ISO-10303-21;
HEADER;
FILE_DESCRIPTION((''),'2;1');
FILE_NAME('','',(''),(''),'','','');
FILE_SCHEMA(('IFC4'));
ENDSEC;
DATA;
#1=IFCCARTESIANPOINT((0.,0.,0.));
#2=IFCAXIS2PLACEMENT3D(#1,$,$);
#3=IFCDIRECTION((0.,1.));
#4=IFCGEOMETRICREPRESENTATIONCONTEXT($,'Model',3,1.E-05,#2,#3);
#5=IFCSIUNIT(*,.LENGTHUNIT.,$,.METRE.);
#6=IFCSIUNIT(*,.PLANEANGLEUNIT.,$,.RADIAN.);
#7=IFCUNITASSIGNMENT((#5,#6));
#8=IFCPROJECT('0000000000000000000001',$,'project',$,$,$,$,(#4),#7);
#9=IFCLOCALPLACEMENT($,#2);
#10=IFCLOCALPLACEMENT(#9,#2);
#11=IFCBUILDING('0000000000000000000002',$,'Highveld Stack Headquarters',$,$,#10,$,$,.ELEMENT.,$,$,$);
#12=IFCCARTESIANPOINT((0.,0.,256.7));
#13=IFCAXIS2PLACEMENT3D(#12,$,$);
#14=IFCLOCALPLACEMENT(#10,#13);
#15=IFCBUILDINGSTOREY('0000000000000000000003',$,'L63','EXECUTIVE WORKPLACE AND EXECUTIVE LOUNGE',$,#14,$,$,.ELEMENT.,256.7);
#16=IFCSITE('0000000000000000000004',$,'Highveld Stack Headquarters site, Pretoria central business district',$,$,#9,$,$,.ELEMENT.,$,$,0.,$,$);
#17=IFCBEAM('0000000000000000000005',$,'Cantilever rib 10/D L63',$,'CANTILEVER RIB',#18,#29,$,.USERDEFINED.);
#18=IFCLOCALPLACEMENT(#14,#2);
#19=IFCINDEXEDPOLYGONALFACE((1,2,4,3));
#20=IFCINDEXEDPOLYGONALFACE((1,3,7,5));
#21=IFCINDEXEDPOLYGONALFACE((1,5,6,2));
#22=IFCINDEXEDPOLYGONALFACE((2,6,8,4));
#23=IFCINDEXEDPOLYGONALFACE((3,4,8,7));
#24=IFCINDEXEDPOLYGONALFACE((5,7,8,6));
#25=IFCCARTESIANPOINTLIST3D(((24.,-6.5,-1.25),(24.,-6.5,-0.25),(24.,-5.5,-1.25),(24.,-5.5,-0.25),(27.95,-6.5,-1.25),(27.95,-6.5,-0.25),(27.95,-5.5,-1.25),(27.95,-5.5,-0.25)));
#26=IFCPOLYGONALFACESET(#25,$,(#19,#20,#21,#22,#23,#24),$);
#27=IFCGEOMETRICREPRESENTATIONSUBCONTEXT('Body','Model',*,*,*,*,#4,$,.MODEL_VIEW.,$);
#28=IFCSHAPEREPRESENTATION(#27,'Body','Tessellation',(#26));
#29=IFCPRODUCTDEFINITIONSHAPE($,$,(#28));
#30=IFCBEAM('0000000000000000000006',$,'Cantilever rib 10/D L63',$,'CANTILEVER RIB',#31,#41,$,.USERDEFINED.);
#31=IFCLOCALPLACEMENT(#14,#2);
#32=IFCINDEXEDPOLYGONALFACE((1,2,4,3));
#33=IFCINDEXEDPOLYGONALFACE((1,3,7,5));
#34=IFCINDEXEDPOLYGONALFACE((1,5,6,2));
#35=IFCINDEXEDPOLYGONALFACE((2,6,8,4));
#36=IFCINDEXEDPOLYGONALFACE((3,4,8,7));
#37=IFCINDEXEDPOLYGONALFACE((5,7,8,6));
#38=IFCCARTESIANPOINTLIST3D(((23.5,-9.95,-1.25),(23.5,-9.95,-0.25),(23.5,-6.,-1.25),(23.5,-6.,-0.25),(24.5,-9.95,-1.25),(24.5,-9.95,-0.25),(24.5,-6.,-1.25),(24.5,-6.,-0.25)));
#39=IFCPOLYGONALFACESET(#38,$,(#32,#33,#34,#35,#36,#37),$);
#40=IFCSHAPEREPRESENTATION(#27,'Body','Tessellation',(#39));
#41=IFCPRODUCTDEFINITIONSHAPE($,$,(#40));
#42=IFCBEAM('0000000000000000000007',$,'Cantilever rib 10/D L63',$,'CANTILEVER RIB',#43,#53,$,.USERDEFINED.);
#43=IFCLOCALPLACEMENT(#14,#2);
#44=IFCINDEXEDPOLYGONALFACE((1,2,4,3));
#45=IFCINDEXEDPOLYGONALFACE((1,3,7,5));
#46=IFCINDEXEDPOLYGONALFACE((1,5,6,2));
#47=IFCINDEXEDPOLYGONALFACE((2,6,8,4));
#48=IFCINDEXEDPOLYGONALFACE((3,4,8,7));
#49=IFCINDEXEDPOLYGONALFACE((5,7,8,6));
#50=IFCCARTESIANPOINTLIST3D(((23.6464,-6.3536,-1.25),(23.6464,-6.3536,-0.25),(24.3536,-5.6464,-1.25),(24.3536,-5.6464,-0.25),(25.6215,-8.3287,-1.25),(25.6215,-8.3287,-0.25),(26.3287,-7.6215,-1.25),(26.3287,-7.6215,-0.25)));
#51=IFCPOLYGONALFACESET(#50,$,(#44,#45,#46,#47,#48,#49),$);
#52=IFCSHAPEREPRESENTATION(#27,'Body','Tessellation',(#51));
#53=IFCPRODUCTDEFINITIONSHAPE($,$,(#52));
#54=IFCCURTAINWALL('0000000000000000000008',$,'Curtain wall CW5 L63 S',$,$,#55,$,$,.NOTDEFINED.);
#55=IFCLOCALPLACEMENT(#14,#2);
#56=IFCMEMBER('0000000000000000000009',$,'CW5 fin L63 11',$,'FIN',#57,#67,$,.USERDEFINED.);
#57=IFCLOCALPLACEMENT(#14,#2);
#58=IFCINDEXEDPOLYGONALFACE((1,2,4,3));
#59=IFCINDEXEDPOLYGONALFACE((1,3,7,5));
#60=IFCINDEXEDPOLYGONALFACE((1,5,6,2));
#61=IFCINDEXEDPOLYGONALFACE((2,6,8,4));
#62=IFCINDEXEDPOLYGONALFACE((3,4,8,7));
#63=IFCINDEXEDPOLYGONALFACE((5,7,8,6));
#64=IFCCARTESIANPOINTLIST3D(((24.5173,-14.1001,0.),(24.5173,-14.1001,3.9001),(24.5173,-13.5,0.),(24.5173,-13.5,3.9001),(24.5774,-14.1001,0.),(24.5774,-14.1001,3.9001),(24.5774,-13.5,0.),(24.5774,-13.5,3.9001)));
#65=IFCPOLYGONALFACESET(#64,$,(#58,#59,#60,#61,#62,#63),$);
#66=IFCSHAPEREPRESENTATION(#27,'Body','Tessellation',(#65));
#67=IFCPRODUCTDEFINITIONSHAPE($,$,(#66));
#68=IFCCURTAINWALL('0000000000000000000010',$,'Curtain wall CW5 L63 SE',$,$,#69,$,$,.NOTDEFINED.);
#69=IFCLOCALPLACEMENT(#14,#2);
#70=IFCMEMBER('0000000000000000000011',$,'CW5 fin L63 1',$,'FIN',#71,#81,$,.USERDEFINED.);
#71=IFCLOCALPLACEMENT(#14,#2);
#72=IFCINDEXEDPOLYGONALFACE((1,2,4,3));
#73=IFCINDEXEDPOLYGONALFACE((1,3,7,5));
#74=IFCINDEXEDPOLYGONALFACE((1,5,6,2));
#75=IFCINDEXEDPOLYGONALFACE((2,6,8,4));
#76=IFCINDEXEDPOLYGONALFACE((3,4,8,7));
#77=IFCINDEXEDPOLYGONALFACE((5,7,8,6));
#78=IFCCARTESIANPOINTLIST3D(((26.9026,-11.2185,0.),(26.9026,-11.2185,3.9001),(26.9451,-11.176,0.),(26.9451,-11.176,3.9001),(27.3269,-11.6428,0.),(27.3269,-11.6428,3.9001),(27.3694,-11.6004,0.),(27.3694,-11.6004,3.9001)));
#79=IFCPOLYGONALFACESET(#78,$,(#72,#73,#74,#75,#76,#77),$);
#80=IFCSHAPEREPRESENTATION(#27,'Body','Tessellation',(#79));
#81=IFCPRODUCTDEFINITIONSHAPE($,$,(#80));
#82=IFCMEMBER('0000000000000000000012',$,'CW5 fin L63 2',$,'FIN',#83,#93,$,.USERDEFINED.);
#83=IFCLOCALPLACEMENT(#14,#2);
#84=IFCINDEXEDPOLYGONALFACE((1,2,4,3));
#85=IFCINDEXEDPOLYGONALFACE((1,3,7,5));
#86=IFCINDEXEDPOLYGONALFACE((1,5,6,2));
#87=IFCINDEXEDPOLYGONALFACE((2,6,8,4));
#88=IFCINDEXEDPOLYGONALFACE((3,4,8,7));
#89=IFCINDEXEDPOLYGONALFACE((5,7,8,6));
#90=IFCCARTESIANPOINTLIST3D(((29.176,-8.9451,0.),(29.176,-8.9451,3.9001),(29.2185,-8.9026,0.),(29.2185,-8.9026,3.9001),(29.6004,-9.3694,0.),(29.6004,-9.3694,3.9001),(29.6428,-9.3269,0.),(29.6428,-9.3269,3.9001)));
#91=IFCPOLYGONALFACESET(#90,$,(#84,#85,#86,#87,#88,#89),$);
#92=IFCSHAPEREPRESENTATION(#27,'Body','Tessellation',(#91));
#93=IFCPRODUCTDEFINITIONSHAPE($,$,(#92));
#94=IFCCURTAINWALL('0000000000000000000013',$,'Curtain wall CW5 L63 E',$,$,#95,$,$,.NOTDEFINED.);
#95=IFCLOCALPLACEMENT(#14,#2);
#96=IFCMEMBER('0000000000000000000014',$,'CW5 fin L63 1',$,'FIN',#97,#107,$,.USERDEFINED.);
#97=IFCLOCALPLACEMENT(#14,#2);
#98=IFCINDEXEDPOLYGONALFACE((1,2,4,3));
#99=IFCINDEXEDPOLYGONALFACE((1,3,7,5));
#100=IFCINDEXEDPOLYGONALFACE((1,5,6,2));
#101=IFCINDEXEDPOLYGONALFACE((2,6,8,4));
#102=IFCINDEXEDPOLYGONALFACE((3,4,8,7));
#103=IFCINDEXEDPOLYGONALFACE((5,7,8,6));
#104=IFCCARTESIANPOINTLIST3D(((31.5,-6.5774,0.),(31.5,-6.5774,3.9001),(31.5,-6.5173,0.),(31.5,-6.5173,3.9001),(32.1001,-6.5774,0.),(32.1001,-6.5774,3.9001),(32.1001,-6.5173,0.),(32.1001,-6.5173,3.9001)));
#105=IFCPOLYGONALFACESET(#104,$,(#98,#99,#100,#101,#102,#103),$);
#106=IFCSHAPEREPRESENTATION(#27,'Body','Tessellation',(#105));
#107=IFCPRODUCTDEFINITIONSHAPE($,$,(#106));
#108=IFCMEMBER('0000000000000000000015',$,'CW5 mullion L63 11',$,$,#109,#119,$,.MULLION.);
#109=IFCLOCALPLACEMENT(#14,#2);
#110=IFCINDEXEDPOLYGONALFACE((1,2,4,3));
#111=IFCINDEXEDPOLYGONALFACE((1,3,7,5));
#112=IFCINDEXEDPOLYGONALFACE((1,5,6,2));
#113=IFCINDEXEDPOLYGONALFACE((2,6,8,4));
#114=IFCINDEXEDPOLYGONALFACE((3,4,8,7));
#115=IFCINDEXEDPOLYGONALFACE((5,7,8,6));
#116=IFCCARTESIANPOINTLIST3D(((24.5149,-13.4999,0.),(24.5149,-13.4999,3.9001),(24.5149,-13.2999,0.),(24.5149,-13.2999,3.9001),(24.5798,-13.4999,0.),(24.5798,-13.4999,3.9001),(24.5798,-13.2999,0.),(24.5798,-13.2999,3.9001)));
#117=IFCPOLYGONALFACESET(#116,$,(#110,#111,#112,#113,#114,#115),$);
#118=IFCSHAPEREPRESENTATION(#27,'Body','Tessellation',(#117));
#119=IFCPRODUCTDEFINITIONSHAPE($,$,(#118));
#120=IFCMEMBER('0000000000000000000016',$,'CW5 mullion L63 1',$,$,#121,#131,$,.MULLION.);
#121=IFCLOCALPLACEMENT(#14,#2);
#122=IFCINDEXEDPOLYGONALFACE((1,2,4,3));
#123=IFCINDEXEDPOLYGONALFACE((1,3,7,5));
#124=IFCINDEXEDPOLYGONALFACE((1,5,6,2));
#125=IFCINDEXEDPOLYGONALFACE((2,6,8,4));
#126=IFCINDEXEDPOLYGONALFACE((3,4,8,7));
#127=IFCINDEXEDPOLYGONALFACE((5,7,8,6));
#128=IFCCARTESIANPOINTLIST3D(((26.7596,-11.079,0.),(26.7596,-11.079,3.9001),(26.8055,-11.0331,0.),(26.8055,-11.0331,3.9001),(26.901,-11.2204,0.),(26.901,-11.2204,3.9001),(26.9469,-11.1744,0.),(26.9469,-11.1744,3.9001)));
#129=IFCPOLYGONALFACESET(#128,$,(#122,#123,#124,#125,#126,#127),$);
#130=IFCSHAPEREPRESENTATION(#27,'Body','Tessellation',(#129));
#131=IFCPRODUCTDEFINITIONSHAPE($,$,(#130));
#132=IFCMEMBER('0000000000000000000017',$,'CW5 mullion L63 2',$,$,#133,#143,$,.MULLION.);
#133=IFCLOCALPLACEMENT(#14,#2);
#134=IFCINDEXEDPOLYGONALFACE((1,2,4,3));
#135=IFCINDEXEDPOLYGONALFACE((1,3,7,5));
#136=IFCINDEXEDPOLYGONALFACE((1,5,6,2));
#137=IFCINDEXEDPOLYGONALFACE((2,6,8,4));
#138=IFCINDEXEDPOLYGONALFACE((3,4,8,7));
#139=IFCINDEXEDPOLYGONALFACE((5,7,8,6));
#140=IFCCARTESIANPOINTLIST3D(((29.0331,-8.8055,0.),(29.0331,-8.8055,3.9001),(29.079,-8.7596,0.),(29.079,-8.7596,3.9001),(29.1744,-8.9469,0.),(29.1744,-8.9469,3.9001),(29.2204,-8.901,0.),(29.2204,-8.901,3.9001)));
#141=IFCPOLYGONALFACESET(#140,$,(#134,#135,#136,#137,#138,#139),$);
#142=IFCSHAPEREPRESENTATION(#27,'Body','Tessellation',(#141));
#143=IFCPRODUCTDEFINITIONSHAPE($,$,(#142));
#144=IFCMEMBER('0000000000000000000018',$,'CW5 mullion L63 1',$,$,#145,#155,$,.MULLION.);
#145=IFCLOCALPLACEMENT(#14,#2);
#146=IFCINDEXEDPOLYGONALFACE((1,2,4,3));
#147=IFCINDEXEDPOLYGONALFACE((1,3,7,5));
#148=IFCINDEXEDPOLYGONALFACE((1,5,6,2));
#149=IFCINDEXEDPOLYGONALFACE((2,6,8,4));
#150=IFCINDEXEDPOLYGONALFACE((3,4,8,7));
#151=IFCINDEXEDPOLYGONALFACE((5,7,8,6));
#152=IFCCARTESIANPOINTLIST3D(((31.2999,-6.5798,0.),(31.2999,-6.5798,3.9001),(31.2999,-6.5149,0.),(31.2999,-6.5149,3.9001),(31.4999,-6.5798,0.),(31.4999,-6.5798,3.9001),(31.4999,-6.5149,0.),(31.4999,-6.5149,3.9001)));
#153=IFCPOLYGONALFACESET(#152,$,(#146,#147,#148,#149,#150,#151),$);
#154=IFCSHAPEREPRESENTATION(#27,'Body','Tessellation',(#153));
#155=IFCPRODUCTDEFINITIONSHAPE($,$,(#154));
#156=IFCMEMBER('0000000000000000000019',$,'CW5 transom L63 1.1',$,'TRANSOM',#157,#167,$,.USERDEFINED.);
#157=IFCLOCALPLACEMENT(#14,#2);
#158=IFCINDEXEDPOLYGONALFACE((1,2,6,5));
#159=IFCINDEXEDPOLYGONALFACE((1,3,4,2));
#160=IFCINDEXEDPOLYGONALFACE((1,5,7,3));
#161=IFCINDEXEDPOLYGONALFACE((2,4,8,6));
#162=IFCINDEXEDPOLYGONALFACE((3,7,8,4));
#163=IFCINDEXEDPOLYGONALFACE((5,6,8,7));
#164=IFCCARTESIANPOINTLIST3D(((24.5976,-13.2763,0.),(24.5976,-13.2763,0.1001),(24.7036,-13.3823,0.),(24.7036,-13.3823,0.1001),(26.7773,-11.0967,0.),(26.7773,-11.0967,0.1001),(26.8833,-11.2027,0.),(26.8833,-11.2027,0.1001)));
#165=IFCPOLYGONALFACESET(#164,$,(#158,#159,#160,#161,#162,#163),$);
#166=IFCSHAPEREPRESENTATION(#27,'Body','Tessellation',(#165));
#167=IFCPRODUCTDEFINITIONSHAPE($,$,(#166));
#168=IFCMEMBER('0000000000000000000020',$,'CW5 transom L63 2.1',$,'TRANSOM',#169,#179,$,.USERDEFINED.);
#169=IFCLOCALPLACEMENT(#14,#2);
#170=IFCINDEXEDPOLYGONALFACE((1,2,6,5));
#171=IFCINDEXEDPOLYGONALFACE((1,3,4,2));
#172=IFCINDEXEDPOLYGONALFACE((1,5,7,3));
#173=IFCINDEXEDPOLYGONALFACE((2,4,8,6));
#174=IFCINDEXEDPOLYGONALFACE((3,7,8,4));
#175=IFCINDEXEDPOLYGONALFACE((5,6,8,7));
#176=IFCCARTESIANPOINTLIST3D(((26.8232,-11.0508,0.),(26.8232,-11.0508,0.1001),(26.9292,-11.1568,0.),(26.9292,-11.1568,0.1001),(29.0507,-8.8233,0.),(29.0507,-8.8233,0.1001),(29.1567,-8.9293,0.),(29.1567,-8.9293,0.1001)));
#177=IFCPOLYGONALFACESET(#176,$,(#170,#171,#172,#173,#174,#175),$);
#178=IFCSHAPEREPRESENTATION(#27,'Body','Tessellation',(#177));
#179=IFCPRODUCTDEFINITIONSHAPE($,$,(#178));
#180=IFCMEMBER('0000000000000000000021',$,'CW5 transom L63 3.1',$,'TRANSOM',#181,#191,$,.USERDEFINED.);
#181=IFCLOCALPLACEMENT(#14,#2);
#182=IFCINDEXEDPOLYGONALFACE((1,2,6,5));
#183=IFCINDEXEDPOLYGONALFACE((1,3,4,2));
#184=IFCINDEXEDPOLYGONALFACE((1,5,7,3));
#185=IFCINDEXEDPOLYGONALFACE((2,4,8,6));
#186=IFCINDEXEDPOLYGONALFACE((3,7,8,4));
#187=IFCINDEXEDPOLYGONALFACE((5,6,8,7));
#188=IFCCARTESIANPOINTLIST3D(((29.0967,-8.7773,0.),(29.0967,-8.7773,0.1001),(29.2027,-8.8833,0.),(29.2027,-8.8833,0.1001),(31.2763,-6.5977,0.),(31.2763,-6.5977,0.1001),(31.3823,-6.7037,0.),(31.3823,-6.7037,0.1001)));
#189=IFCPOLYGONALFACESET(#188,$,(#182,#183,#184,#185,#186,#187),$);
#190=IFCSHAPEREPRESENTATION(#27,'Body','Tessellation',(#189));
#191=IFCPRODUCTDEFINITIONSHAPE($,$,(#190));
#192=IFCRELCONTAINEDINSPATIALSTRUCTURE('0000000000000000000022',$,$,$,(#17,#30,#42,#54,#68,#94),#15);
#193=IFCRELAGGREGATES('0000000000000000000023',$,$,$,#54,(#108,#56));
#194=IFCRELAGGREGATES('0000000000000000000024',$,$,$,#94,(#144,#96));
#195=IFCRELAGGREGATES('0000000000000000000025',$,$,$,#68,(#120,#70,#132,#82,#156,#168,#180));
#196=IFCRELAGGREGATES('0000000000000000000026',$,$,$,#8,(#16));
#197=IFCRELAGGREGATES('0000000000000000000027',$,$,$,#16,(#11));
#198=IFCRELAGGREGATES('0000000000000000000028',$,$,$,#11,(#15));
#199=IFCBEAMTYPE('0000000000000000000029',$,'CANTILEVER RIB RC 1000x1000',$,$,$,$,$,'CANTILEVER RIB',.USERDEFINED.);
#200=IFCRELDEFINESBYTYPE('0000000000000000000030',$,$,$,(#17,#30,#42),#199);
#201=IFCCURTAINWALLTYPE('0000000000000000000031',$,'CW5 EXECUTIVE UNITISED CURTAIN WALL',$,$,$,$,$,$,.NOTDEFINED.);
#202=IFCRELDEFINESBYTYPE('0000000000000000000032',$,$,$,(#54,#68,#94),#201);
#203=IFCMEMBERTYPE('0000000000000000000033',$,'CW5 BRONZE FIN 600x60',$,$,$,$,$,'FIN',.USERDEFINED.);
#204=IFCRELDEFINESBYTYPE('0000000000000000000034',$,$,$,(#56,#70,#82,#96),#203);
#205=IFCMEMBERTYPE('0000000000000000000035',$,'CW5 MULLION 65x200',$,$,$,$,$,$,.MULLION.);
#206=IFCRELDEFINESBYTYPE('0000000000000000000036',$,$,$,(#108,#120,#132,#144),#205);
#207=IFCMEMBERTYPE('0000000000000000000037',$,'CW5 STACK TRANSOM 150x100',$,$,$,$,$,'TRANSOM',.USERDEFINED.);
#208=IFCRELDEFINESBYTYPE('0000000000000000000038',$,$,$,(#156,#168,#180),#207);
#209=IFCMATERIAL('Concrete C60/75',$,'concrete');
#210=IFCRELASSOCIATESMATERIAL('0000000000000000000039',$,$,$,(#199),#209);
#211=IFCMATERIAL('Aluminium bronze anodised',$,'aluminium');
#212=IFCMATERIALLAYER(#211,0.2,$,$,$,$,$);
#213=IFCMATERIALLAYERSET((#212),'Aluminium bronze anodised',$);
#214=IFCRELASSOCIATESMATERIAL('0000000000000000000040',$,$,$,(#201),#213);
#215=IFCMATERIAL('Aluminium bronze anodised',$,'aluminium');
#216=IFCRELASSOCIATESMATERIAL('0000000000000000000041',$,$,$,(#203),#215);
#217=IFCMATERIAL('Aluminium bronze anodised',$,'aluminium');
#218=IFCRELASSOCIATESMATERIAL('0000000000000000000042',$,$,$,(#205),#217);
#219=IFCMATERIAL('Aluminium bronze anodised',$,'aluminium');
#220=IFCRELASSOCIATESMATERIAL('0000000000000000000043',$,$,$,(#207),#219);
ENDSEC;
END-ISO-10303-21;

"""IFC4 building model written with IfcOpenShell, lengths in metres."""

from ifc_helpers import new_model, si_unit, direction, frame, origin, origin_2d, place, context, subcontext, project, spatial, rectangle, extrude, material, layer, layer_set, material_profile, profile_set, type_object, element, aggregate, save


model = new_model("IFC4")

# Units and contexts
model_context = context("Model", 3, precision=1e-05, world=origin(), true_north=direction((0.0, 1.0)))
body_context = subcontext(model_context, "Body", "Model", "MODEL_VIEW")
ifc_project = project(units=[si_unit("LENGTHUNIT", "METRE"), si_unit("PLANEANGLEUNIT", "RADIAN")], contexts=[model_context])

# Site, building, storey
site_placement = place(None, origin())
site = spatial("IfcSite", under=ifc_project, at=site_placement, Name="Highveld Stack Headquarters site, Pretoria central business district", CompositionType="ELEMENT", RefElevation=0.0)
building_placement = place(site_placement, origin())
building = spatial("IfcBuilding", under=site, at=building_placement, Name="Highveld Stack Headquarters", CompositionType="ELEMENT")
storey_placement = place(building_placement, frame((0.0, 0.0, 256.7)))
storey = spatial("IfcBuildingStorey", under=building, at=storey_placement, Name="L63", Description="EXECUTIVE WORKPLACE AND EXECUTIVE LOUNGE", CompositionType="ELEMENT", Elevation=256.7)

# Beams
ifc_material_1 = material(Name="Concrete C60/75", Category="concrete")
ifc_material_profile_1 = material_profile(ifc_material_1, rectangle(XDim=1.0, YDim=1.0, at=origin_2d()), Name="RC 1000x1000")
ifc_profile_set_1 = profile_set([ifc_material_profile_1], Name="Concrete C60/75")
beam_type_1 = type_object("IfcBeamType", Name="CANTILEVER RIB RC 1000x1000", ElementType="CANTILEVER RIB", PredefinedType="USERDEFINED", material=ifc_profile_set_1)
for number, where, z_axis, x_axis, name in (
    (1, (24.0, -6.0, -0.75), (1.0, 0.0, 0.0), (0.0, 1.0, 0.0), "Cantilever rib 10/D L63"),
    (2, (24.0, -6.0, -0.75), (0.0, -1.0, 0.0), (1.0, 0.0, 0.0), "Cantilever rib 10/D L63"),
):
    element("IfcBeam", number, at=place(storey_placement, frame(where, z_axis=z_axis, x_axis=x_axis)), inside=storey, type_object=beam_type_1, Name=name, ObjectType="CANTILEVER RIB", PredefinedType="USERDEFINED", context=body_context, shape_type="SweptSolid", body=[
        extrude(rectangle(XDim=1.0, YDim=1.0, at=origin_2d()), origin(), (0.0, 0.0, 1.0), 3.95),
    ])
beam_1_placement = place(storey_placement, frame((24.0, -6.0, -0.75), z_axis=(0.707107, -0.707107, 0.0), x_axis=(0.707107, 0.707107, 0.0)))
element("IfcBeam", 3, at=beam_1_placement, inside=storey, type_object=beam_type_1, Name="Cantilever rib 10/D L63", ObjectType="CANTILEVER RIB", PredefinedType="USERDEFINED", context=body_context, shape_type="SweptSolid", body=[
    extrude(rectangle(XDim=1.0, YDim=1.0, at=origin_2d()), origin(), (0.0, 0.0, 1.0), 2.7932),
])

# Curtain wall, member
ifc_material_2 = material(Name="Aluminium bronze anodised", Category="aluminium")
ifc_layer_1 = layer(ifc_material_2, 0.2)
ifc_layer_set_1 = layer_set([ifc_layer_1], Name="Aluminium bronze anodised")
curtain_wall_type = type_object("IfcCurtainWallType", Name="CW5 EXECUTIVE UNITISED CURTAIN WALL", PredefinedType="NOTDEFINED", material=ifc_layer_set_1)
curtain_wall_1_placement = place(storey_placement, origin())
curtain_wall_1 = element("IfcCurtainWall", 4, at=curtain_wall_1_placement, inside=storey, type_object=curtain_wall_type, Name="Curtain wall CW5 L63 S", PredefinedType="NOTDEFINED")
ifc_material_3 = material(Name="Aluminium bronze anodised", Category="aluminium")
ifc_material_profile_2 = material_profile(ifc_material_3, rectangle(XDim=0.6001, YDim=0.0601, at=origin_2d()), Name="FIN 600x60")
ifc_profile_set_2 = profile_set([ifc_material_profile_2], Name="Aluminium bronze anodised")
member_type_1 = type_object("IfcMemberType", Name="CW5 BRONZE FIN 600x60", ElementType="FIN", PredefinedType="USERDEFINED", material=ifc_profile_set_2)
member_1_placement = place(storey_placement, frame((24.5474, -13.8, 0.0), z_axis=(0.0, 0.0, 1.0), x_axis=(0.0, 1.0, 0.0)))
member_1 = element("IfcMember", 5, at=member_1_placement, type_object=member_type_1, Name="CW5 fin L63 11", ObjectType="FIN", PredefinedType="USERDEFINED", context=body_context, shape_type="SweptSolid", body=[
    extrude(rectangle(XDim=0.6001, YDim=0.0601, at=origin_2d()), origin(), (0.0, 0.0, 1.0), 3.9001),
])

# Curtain wall, members
curtain_wall_2_placement = place(storey_placement, origin())
curtain_wall_2 = element("IfcCurtainWall", 6, at=curtain_wall_2_placement, inside=storey, type_object=curtain_wall_type, Name="Curtain wall CW5 L63 SE", PredefinedType="NOTDEFINED")
member_2_placement = place(storey_placement, frame((27.136, -11.4094, 0.0), z_axis=(0.0, 0.0, 1.0), x_axis=(-0.707107, 0.707107, 0.0)))
member_2 = element("IfcMember", 7, at=member_2_placement, type_object=member_type_1, Name="CW5 fin L63 1", ObjectType="FIN", PredefinedType="USERDEFINED", context=body_context, shape_type="SweptSolid", body=[
    extrude(rectangle(XDim=0.6001, YDim=0.0601, at=origin_2d()), origin(), (0.0, 0.0, 1.0), 3.9001),
])
member_3_placement = place(storey_placement, frame((29.4094, -9.136, 0.0), z_axis=(0.0, 0.0, 1.0), x_axis=(-0.707107, 0.707107, 0.0)))
member_3 = element("IfcMember", 8, at=member_3_placement, type_object=member_type_1, Name="CW5 fin L63 2", ObjectType="FIN", PredefinedType="USERDEFINED", context=body_context, shape_type="SweptSolid", body=[
    extrude(rectangle(XDim=0.6001, YDim=0.0601, at=origin_2d()), origin(), (0.0, 0.0, 1.0), 3.9001),
])

# Curtain wall, member
curtain_wall_3_placement = place(storey_placement, origin())
curtain_wall_3 = element("IfcCurtainWall", 9, at=curtain_wall_3_placement, inside=storey, type_object=curtain_wall_type, Name="Curtain wall CW5 L63 E", PredefinedType="NOTDEFINED")
member_4_placement = place(storey_placement, frame((31.8, -6.5474, 0.0), z_axis=(0.0, 0.0, 1.0), x_axis=(-1.0, 0.0, 0.0)))
member_4 = element("IfcMember", 10, at=member_4_placement, type_object=member_type_1, Name="CW5 fin L63 1", ObjectType="FIN", PredefinedType="USERDEFINED", context=body_context, shape_type="SweptSolid", body=[
    extrude(rectangle(XDim=0.6001, YDim=0.0601, at=origin_2d()), origin(), (0.0, 0.0, 1.0), 3.9001),
])

# Members
ifc_material_4 = material(Name="Aluminium bronze anodised", Category="aluminium")
ifc_material_profile_3 = material_profile(ifc_material_4, rectangle(XDim=0.2, YDim=0.0649, at=origin_2d()), Name="CW5 MULLION 65x200")
ifc_profile_set_3 = profile_set([ifc_material_profile_3], Name="Aluminium bronze anodised")
member_type_2 = type_object("IfcMemberType", Name="CW5 MULLION 65x200", PredefinedType="MULLION", material=ifc_profile_set_3)
member_5_placement = place(storey_placement, frame((24.5474, -13.3999, 0.0), z_axis=(0.0, 0.0, 1.0), x_axis=(0.0, 1.0, 0.0)))
member_5 = element("IfcMember", 11, at=member_5_placement, type_object=member_type_2, Name="CW5 mullion L63 11", PredefinedType="MULLION", context=body_context, shape_type="SweptSolid", body=[
    extrude(rectangle(XDim=0.2, YDim=0.0649, at=origin_2d()), origin(), (0.0, 0.0, 1.0), 3.9001),
])
aggregate(curtain_wall_1, [member_5, member_1])
member_6_placement = place(storey_placement, frame((26.8533, -11.1267, 0.0), z_axis=(0.0, 0.0, 1.0), x_axis=(-0.707107, 0.707107, 0.0)))
member_6 = element("IfcMember", 12, at=member_6_placement, type_object=member_type_2, Name="CW5 mullion L63 1", PredefinedType="MULLION", context=body_context, shape_type="SweptSolid", body=[
    extrude(rectangle(XDim=0.2, YDim=0.0649, at=origin_2d()), origin(), (0.0, 0.0, 1.0), 3.9001),
])
member_7_placement = place(storey_placement, frame((29.1267, -8.8533, 0.0), z_axis=(0.0, 0.0, 1.0), x_axis=(-0.707107, 0.707107, 0.0)))
member_7 = element("IfcMember", 13, at=member_7_placement, type_object=member_type_2, Name="CW5 mullion L63 2", PredefinedType="MULLION", context=body_context, shape_type="SweptSolid", body=[
    extrude(rectangle(XDim=0.2, YDim=0.0649, at=origin_2d()), origin(), (0.0, 0.0, 1.0), 3.9001),
])
member_8_placement = place(storey_placement, frame((31.3999, -6.5474, 0.0), z_axis=(0.0, 0.0, 1.0), x_axis=(-1.0, 0.0, 0.0)))
member_8 = element("IfcMember", 14, at=member_8_placement, type_object=member_type_2, Name="CW5 mullion L63 1", PredefinedType="MULLION", context=body_context, shape_type="SweptSolid", body=[
    extrude(rectangle(XDim=0.2, YDim=0.0649, at=origin_2d()), origin(), (0.0, 0.0, 1.0), 3.9001),
])
ifc_material_5 = material(Name="Aluminium bronze anodised", Category="aluminium")
ifc_material_profile_4 = material_profile(ifc_material_5, rectangle(XDim=0.1499, YDim=0.1001, at=origin_2d()), Name="CW5 TRANSOM 150x100")
ifc_profile_set_4 = profile_set([ifc_material_profile_4], Name="Aluminium bronze anodised")
member_type_3 = type_object("IfcMemberType", Name="CW5 STACK TRANSOM 150x100", ElementType="TRANSOM", PredefinedType="USERDEFINED", material=ifc_profile_set_4)
member_9_placement = place(storey_placement, frame((24.6506, -13.3293, 0.05), z_axis=(0.707107, 0.707107, 0.0), x_axis=(-0.707107, 0.707107, 0.0)))
member_9 = element("IfcMember", 15, at=member_9_placement, type_object=member_type_3, Name="CW5 transom L63 1.1", ObjectType="TRANSOM", PredefinedType="USERDEFINED", context=body_context, shape_type="SweptSolid", body=[
    extrude(rectangle(XDim=0.1499, YDim=0.1001, at=origin_2d()), origin(), (0.0, 0.0, 1.0), 3.0825),
])
member_10_placement = place(storey_placement, frame((26.8762, -11.1038, 0.05), z_axis=(0.707107, 0.707107, 0.0), x_axis=(-0.707107, 0.707107, 0.0)))
member_10 = element("IfcMember", 16, at=member_10_placement, type_object=member_type_3, Name="CW5 transom L63 2.1", ObjectType="TRANSOM", PredefinedType="USERDEFINED", context=body_context, shape_type="SweptSolid", body=[
    extrude(rectangle(XDim=0.1499, YDim=0.1001, at=origin_2d()), origin(), (0.0, 0.0, 1.0), 3.1501),
])
member_11_placement = place(storey_placement, frame((29.1497, -8.8303, 0.05), z_axis=(0.707107, 0.707107, 0.0), x_axis=(-0.707107, 0.707107, 0.0)))
member_11 = element("IfcMember", 17, at=member_11_placement, type_object=member_type_3, Name="CW5 transom L63 3.1", ObjectType="TRANSOM", PredefinedType="USERDEFINED", context=body_context, shape_type="SweptSolid", body=[
    extrude(rectangle(XDim=0.1499, YDim=0.1001, at=origin_2d()), origin(), (0.0, 0.0, 1.0), 3.0825),
])
aggregate(curtain_wall_3, [member_8, member_4])

aggregate(curtain_wall_2, [member_6, member_2, member_7, member_3, member_9, member_10, member_11])

save(model, "model.ifc")
